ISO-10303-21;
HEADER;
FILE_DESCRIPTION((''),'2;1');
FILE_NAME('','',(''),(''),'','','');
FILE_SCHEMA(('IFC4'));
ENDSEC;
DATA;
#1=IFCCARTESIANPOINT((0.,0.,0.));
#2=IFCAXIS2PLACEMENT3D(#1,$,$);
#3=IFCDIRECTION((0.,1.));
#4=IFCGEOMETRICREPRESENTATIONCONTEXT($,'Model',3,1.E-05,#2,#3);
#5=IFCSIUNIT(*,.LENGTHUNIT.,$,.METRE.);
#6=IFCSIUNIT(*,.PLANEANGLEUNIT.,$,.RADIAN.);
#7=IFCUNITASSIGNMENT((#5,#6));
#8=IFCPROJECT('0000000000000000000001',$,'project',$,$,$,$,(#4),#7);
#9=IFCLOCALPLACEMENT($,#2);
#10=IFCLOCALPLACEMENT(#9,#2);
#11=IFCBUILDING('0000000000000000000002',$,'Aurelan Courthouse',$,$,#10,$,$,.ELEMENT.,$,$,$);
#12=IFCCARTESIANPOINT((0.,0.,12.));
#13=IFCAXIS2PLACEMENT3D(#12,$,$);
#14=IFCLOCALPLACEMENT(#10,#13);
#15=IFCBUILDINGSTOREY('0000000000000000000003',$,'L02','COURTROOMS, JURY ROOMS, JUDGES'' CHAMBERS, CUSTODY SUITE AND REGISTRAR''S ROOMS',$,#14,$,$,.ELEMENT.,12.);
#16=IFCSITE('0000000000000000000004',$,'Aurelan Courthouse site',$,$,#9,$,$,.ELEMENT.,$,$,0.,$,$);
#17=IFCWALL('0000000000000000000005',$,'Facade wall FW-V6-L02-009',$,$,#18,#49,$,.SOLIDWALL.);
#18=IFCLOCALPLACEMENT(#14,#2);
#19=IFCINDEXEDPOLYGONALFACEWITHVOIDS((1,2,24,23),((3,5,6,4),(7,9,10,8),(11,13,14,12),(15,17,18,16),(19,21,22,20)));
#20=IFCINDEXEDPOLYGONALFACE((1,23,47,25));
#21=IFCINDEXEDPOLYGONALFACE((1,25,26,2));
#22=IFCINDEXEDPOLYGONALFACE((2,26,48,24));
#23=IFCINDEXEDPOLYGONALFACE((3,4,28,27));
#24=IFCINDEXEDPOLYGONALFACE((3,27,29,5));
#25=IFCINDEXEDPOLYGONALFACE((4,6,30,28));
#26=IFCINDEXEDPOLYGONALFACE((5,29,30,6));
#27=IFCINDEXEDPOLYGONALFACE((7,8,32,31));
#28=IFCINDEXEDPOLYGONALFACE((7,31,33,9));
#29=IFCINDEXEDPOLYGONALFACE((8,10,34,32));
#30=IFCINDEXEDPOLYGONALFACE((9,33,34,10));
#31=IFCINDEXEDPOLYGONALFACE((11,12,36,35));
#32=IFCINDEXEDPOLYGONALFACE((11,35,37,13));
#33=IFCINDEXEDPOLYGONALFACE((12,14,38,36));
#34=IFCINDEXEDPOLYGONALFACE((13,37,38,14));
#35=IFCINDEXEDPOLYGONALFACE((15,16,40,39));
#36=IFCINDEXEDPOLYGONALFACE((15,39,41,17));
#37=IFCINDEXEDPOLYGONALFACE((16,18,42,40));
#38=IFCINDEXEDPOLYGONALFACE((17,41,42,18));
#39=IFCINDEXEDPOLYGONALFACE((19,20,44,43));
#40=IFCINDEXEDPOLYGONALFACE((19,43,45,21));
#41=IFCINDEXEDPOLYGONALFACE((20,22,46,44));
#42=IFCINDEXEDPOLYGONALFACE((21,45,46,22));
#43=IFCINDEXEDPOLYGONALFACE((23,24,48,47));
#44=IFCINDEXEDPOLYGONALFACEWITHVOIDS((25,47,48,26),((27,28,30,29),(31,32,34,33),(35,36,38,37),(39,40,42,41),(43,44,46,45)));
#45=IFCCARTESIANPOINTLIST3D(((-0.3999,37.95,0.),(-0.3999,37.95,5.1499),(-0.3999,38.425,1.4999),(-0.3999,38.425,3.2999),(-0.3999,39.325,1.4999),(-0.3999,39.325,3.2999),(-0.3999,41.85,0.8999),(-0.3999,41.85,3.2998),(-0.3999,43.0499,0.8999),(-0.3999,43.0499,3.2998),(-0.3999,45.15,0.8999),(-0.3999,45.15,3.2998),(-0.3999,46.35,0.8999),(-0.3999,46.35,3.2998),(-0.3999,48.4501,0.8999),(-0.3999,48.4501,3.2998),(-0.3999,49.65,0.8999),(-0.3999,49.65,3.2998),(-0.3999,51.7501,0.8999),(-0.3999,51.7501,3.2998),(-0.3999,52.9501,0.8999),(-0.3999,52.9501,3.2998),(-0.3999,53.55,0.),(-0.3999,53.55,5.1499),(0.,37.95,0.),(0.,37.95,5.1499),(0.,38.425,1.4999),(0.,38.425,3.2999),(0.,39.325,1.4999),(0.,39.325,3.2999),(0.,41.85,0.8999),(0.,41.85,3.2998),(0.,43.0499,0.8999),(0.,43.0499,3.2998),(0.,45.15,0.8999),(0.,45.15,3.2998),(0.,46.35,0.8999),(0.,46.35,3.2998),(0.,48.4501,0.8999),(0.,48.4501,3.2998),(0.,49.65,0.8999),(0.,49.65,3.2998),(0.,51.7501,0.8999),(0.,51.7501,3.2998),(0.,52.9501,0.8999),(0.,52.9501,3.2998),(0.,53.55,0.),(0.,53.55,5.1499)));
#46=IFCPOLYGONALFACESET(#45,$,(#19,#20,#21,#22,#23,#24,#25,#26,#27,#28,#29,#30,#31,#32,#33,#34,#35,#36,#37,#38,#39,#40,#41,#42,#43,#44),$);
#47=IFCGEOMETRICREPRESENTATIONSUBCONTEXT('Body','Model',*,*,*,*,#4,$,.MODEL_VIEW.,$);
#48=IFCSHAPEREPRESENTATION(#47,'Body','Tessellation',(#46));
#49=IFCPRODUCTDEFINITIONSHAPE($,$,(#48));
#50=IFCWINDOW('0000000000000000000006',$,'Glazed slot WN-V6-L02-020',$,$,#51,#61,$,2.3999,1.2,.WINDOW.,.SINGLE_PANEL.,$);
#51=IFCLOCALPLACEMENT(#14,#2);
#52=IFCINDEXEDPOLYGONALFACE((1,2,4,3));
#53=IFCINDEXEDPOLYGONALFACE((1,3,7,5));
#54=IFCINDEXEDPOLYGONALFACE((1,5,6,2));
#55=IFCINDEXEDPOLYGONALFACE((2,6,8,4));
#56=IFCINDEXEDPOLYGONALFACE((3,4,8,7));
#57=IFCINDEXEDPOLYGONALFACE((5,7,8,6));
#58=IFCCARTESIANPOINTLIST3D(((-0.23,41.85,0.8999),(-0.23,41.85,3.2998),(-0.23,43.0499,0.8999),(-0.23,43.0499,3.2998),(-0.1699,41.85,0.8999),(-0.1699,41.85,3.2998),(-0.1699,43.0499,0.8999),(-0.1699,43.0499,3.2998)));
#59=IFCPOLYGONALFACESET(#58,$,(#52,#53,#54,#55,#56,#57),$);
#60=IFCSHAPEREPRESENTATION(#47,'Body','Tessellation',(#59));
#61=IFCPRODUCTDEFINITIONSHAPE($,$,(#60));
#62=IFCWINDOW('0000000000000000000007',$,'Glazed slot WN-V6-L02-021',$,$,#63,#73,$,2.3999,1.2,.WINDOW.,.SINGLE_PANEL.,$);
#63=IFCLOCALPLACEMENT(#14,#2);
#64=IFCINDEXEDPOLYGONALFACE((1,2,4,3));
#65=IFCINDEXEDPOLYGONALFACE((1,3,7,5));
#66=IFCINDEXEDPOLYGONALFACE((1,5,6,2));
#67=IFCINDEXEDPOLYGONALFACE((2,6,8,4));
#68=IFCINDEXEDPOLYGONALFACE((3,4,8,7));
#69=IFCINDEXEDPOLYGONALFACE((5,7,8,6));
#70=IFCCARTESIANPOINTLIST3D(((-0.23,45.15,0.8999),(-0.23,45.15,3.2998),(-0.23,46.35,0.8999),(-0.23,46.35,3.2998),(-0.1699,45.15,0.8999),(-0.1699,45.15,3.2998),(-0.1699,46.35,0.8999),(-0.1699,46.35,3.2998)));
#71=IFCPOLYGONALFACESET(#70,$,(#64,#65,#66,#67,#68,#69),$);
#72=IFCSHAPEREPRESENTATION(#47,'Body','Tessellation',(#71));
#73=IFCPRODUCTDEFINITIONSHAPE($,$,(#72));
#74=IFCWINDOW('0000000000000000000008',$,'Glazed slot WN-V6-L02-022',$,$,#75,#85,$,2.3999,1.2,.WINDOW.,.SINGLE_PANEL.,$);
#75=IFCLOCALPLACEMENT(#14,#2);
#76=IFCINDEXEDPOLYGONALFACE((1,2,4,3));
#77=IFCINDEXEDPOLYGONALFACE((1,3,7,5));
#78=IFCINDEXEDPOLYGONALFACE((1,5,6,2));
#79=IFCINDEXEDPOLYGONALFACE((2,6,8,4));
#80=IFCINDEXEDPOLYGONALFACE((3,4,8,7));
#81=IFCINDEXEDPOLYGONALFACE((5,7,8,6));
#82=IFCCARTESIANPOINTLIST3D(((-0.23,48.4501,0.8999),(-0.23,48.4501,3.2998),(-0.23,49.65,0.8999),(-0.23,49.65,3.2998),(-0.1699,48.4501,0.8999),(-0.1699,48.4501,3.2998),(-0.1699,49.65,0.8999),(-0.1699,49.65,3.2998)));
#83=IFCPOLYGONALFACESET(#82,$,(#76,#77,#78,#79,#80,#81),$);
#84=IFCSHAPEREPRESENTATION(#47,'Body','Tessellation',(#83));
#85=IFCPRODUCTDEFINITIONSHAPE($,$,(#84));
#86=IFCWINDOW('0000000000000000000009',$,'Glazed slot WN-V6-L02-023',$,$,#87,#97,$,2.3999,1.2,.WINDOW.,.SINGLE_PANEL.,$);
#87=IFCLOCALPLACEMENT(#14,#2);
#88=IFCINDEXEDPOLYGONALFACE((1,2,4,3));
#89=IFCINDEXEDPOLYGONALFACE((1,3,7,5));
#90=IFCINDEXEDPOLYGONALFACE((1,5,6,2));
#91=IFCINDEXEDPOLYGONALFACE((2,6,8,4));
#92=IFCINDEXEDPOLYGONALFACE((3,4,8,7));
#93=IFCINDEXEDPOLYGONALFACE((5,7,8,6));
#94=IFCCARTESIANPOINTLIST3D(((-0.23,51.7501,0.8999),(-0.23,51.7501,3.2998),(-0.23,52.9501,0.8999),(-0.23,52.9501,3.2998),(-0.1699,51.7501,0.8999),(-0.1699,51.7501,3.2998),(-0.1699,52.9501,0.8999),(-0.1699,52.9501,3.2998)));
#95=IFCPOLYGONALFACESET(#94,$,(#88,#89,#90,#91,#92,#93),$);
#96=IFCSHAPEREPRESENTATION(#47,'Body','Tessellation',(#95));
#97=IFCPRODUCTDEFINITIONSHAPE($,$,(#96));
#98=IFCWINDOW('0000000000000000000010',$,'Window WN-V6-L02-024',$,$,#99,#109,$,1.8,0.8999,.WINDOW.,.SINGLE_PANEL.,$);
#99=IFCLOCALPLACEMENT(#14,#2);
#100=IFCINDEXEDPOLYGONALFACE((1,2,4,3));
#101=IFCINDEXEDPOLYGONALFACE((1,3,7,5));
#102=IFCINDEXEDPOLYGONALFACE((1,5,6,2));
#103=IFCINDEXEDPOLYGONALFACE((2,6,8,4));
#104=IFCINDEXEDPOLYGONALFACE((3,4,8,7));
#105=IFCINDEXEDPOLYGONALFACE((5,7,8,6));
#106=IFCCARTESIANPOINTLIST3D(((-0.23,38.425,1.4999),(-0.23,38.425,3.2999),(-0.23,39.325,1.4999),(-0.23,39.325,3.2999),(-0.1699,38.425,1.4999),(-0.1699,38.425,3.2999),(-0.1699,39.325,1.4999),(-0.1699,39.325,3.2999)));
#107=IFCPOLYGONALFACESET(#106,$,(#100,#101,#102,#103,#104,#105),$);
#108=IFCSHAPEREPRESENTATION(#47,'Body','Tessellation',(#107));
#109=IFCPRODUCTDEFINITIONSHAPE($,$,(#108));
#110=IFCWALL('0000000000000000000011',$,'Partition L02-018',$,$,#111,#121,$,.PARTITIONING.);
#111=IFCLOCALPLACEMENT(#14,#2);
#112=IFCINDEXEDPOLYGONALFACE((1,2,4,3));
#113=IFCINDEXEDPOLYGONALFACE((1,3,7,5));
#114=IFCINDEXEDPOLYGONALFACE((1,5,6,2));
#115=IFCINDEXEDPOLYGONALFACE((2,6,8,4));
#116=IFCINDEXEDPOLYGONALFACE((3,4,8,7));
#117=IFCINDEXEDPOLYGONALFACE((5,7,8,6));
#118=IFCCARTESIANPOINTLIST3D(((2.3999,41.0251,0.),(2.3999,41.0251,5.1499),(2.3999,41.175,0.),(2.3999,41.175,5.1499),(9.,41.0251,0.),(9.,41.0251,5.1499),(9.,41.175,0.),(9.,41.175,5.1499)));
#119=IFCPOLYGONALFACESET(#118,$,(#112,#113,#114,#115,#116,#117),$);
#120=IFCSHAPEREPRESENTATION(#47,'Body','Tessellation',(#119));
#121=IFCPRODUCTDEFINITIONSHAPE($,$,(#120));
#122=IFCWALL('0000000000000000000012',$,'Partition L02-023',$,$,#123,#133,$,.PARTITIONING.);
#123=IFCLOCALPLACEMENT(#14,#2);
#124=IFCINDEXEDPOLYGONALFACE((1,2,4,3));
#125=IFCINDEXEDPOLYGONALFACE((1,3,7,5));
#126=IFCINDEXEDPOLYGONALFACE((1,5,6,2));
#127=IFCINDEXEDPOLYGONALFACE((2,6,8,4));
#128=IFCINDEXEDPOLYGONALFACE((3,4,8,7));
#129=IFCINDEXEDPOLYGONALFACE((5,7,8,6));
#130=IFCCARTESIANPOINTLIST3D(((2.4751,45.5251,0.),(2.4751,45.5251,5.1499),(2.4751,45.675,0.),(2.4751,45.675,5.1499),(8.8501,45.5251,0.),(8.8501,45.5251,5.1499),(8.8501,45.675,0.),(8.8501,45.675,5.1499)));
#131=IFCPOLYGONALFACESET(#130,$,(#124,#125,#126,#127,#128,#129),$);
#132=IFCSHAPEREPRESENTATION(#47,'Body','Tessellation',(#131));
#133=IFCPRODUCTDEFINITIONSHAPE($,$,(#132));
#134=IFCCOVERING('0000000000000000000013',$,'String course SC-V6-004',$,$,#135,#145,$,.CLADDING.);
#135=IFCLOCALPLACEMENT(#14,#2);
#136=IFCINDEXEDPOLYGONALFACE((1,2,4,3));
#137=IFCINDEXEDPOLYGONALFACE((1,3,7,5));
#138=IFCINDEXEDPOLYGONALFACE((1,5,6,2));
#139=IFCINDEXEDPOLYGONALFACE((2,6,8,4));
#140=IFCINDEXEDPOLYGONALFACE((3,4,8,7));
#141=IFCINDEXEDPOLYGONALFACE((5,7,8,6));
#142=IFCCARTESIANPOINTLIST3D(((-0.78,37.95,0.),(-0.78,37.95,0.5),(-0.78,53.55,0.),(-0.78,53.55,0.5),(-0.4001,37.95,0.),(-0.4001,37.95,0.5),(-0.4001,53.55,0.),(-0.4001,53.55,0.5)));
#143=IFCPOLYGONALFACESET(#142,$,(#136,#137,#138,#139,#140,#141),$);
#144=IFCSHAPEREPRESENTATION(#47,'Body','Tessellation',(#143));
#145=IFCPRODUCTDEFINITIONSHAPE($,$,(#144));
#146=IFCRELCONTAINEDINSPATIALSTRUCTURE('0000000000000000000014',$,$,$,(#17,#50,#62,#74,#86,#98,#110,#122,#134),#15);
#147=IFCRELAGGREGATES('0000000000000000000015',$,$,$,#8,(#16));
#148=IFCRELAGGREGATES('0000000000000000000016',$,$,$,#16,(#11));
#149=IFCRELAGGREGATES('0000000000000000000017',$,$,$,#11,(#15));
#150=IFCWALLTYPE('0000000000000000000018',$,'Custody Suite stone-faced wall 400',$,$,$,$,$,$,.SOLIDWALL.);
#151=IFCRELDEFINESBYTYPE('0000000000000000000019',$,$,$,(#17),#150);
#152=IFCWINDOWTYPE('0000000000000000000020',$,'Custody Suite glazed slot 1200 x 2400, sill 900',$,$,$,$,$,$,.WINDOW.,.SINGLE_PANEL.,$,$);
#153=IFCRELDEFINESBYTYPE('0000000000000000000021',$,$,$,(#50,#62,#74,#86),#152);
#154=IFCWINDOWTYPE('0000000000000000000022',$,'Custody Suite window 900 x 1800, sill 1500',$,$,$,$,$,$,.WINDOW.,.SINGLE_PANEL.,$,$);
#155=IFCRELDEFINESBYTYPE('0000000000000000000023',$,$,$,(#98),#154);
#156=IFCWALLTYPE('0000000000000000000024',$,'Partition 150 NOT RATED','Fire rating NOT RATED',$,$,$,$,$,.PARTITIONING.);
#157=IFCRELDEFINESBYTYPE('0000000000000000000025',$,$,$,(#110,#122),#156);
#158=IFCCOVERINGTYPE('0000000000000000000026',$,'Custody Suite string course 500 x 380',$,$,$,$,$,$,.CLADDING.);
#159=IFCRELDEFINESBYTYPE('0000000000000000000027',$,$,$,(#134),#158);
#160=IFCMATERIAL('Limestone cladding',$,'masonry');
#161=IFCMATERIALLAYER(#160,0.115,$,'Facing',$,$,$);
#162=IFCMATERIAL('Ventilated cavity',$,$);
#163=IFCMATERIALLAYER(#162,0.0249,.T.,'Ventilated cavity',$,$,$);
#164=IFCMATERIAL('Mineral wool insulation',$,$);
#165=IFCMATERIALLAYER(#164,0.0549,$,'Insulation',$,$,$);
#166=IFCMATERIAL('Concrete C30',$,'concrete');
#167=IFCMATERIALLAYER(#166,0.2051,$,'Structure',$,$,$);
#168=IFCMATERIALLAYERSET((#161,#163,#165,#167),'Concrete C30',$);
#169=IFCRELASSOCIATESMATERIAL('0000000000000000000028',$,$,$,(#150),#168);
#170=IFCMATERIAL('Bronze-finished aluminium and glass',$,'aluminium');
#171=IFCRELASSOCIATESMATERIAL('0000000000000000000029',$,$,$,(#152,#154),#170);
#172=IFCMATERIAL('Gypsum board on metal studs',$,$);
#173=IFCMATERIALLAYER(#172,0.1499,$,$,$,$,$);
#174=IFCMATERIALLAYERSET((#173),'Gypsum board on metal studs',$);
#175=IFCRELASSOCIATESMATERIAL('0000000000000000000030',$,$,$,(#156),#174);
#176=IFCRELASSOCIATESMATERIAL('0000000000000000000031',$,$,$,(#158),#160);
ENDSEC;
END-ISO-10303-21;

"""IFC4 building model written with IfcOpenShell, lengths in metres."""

from ifc_helpers import new_model, si_unit, direction, frame, frame_2d, origin, origin_2d, place, context, subcontext, project, spatial, rectangle, extrude, material, layer, layer_set, type_object, element, fill, save


model = new_model("IFC4")

# Units and contexts
model_context = context("Model", 3, precision=1e-05, world=origin(), true_north=direction((0.0, 1.0)))
body_context = subcontext(model_context, "Body", "Model", "MODEL_VIEW")
ifc_project = project(units=[si_unit("LENGTHUNIT", "METRE"), si_unit("PLANEANGLEUNIT", "RADIAN")], contexts=[model_context])

# Site, building, storey
site_placement = place(None, origin())
site = spatial("IfcSite", under=ifc_project, at=site_placement, Name="Aurelan Courthouse site", CompositionType="ELEMENT", RefElevation=0.0)
building_placement = place(site_placement, origin())
building = spatial("IfcBuilding", under=site, at=building_placement, Name="Aurelan Courthouse", CompositionType="ELEMENT")
storey_placement = place(building_placement, frame((0.0, 0.0, 12.0)))
storey = spatial("IfcBuildingStorey", under=building, at=storey_placement, Name="L02", Description="COURTROOMS, JURY ROOMS, JUDGES' CHAMBERS, CUSTODY SUITE AND REGISTRAR'S ROOMS", CompositionType="ELEMENT", Elevation=12.0)

# Shared definitions
ifc_material_1 = material(Name="Gypsum board on metal studs")

# Wall, openings, windows
ifc_material_2 = material(Name="Limestone cladding", Category="masonry")
ifc_layer_1 = layer(ifc_material_2, 0.115, Name="Facing")
ifc_material_3 = material(Name="Ventilated cavity")
ifc_layer_2 = layer(ifc_material_3, 0.0249, ventilated=True, Name="Ventilated cavity")
ifc_material_4 = material(Name="Mineral wool insulation")
ifc_layer_3 = layer(ifc_material_4, 0.0549, Name="Insulation")
ifc_material_5 = material(Name="Concrete C30", Category="concrete")
ifc_layer_4 = layer(ifc_material_5, 0.2051, Name="Structure")
ifc_layer_set_1 = layer_set([ifc_layer_1, ifc_layer_2, ifc_layer_3, ifc_layer_4], Name="Concrete C30")
wall_type_1 = type_object("IfcWallType", Name="Custody Suite stone-faced wall 400", PredefinedType="SOLIDWALL", material=ifc_layer_set_1)
wall_1_placement = place(storey_placement, frame((-0.2, 37.95, 0.0), z_axis=(0.0, 0.0, 1.0), x_axis=(0.0, 1.0, 0.0)))
wall_1 = element("IfcWall", 1, at=wall_1_placement, inside=storey, type_object=wall_type_1, Name="Facade wall FW-V6-L02-009", PredefinedType="SOLIDWALL", context=body_context, shape_type="SweptSolid", body=[
    extrude(rectangle(XDim=15.6001, YDim=0.3999, at=frame_2d((7.8, 0.0))), origin(), (0.0, 0.0, 1.0), 5.1499),
])
opening_1_placement = place(wall_1_placement, frame((3.8999, 0.0, 0.8999)))
opening_1 = element("IfcOpeningElement", 2, at=opening_1_placement, cuts=wall_1, PredefinedType="OPENING", context=body_context, shape_type="SweptSolid", body=[
    extrude(rectangle(XDim=1.2, YDim=2.3999, at=frame_2d((0.6001, 1.2))), frame((0.0, 0.21, 0.0), z_axis=(0.0, -1.0, 0.0), x_axis=(1.0, 0.0, 0.0)), (0.0, 0.0, 1.0), 0.4199),
])
opening_2_placement = place(wall_1_placement, frame((7.2, 0.0, 0.8999)))
opening_2 = element("IfcOpeningElement", 3, at=opening_2_placement, cuts=wall_1, PredefinedType="OPENING", context=body_context, shape_type="SweptSolid", body=[
    extrude(rectangle(XDim=1.2, YDim=2.3999, at=frame_2d((0.6001, 1.2))), frame((0.0, 0.21, 0.0), z_axis=(0.0, -1.0, 0.0), x_axis=(1.0, 0.0, 0.0)), (0.0, 0.0, 1.0), 0.4199),
])
opening_3_placement = place(wall_1_placement, frame((10.5, 0.0, 0.8999)))
opening_3 = element("IfcOpeningElement", 4, at=opening_3_placement, cuts=wall_1, PredefinedType="OPENING", context=body_context, shape_type="SweptSolid", body=[
    extrude(rectangle(XDim=1.2, YDim=2.3999, at=frame_2d((0.6001, 1.2))), frame((0.0, 0.21, 0.0), z_axis=(0.0, -1.0, 0.0), x_axis=(1.0, 0.0, 0.0)), (0.0, 0.0, 1.0), 0.4199),
])
opening_4_placement = place(wall_1_placement, frame((13.8, 0.0, 0.8999)))
opening_4 = element("IfcOpeningElement", 5, at=opening_4_placement, cuts=wall_1, PredefinedType="OPENING", context=body_context, shape_type="SweptSolid", body=[
    extrude(rectangle(XDim=1.2, YDim=2.3999, at=frame_2d((0.6001, 1.2))), frame((0.0, 0.21, 0.0), z_axis=(0.0, -1.0, 0.0), x_axis=(1.0, 0.0, 0.0)), (0.0, 0.0, 1.0), 0.4199),
])
opening_5_placement = place(wall_1_placement, frame((0.4751, 0.0, 1.5)))
opening_5 = element("IfcOpeningElement", 6, at=opening_5_placement, cuts=wall_1, PredefinedType="OPENING", context=body_context, shape_type="SweptSolid", body=[
    extrude(rectangle(XDim=0.8999, YDim=1.8, at=frame_2d((0.45, 0.8999))), frame((0.0, 0.21, 0.0), z_axis=(0.0, -1.0, 0.0), x_axis=(1.0, 0.0, 0.0)), (0.0, 0.0, 1.0), 0.4199),
])
ifc_material_6 = material(Name="Bronze-finished aluminium and glass", Category="aluminium")
window_type_1 = type_object("IfcWindowType", Name="Custody Suite glazed slot 1200 x 2400, sill 900", PartitioningType="SINGLE_PANEL", PredefinedType="WINDOW", material=ifc_material_6)
window_1_placement = place(opening_1_placement, origin())
window_1 = element("IfcWindow", 7, at=window_1_placement, inside=storey, type_object=window_type_1, Name="Glazed slot WN-V6-L02-020", OverallHeight=2.3999, OverallWidth=1.2, PartitioningType="SINGLE_PANEL", PredefinedType="WINDOW", context=body_context, shape_type="SweptSolid", body=[
    extrude(rectangle(XDim=1.2, YDim=2.3999, at=frame_2d((0.6001, 1.2))), frame((0.0, 0.03, 0.0), z_axis=(0.0, -1.0, 0.0), x_axis=(1.0, 0.0, 0.0)), (0.0, 0.0, 1.0), 0.0601),
])
fill(opening_1, window_1)
window_2_placement = place(opening_2_placement, origin())
window_2 = element("IfcWindow", 8, at=window_2_placement, inside=storey, type_object=window_type_1, Name="Glazed slot WN-V6-L02-021", OverallHeight=2.3999, OverallWidth=1.2, PartitioningType="SINGLE_PANEL", PredefinedType="WINDOW", context=body_context, shape_type="SweptSolid", body=[
    extrude(rectangle(XDim=1.2, YDim=2.3999, at=frame_2d((0.6001, 1.2))), frame((0.0, 0.03, 0.0), z_axis=(0.0, -1.0, 0.0), x_axis=(1.0, 0.0, 0.0)), (0.0, 0.0, 1.0), 0.0601),
])
fill(opening_2, window_2)
window_3_placement = place(opening_3_placement, origin())
window_3 = element("IfcWindow", 9, at=window_3_placement, inside=storey, type_object=window_type_1, Name="Glazed slot WN-V6-L02-022", OverallHeight=2.3999, OverallWidth=1.2, PartitioningType="SINGLE_PANEL", PredefinedType="WINDOW", context=body_context, shape_type="SweptSolid", body=[
    extrude(rectangle(XDim=1.2, YDim=2.3999, at=frame_2d((0.6001, 1.2))), frame((0.0, 0.03, 0.0), z_axis=(0.0, -1.0, 0.0), x_axis=(1.0, 0.0, 0.0)), (0.0, 0.0, 1.0), 0.0601),
])
fill(opening_3, window_3)
window_4_placement = place(opening_4_placement, origin())
window_4 = element("IfcWindow", 10, at=window_4_placement, inside=storey, type_object=window_type_1, Name="Glazed slot WN-V6-L02-023", OverallHeight=2.3999, OverallWidth=1.2, PartitioningType="SINGLE_PANEL", PredefinedType="WINDOW", context=body_context, shape_type="SweptSolid", body=[
    extrude(rectangle(XDim=1.2, YDim=2.3999, at=frame_2d((0.6001, 1.2))), frame((0.0, 0.03, 0.0), z_axis=(0.0, -1.0, 0.0), x_axis=(1.0, 0.0, 0.0)), (0.0, 0.0, 1.0), 0.0601),
])
fill(opening_4, window_4)
window_type_2 = type_object("IfcWindowType", Name="Custody Suite window 900 x 1800, sill 1500", PartitioningType="SINGLE_PANEL", PredefinedType="WINDOW", material=ifc_material_6)
window_5_placement = place(opening_5_placement, origin())
window_5 = element("IfcWindow", 11, at=window_5_placement, inside=storey, type_object=window_type_2, Name="Window WN-V6-L02-024", OverallHeight=1.8, OverallWidth=0.8999, PartitioningType="SINGLE_PANEL", PredefinedType="WINDOW", context=body_context, shape_type="SweptSolid", body=[
    extrude(rectangle(XDim=0.8999, YDim=1.8, at=frame_2d((0.45, 0.8999))), frame((0.0, 0.03, 0.0), z_axis=(0.0, -1.0, 0.0), x_axis=(1.0, 0.0, 0.0)), (0.0, 0.0, 1.0), 0.0601),
])
fill(opening_5, window_5)

# Walls
ifc_layer_5 = layer(ifc_material_1, 0.1499)
ifc_layer_set_2 = layer_set([ifc_layer_5], Name="Gypsum board on metal studs")
wall_type_2 = type_object("IfcWallType", Name="Partition 150 NOT RATED", Description="Fire rating NOT RATED", PredefinedType="PARTITIONING", material=ifc_layer_set_2)
wall_2_placement = place(storey_placement, frame((2.3999, 41.1001, 0.0), z_axis=(0.0, 0.0, 1.0), x_axis=(1.0, 0.0, 0.0)))
element("IfcWall", 12, at=wall_2_placement, inside=storey, type_object=wall_type_2, Name="Partition L02-018", PredefinedType="PARTITIONING", context=body_context, shape_type="SweptSolid", body=[
    extrude(rectangle(XDim=6.6001, YDim=0.1499, at=frame_2d((3.3, 0.0))), origin(), (0.0, 0.0, 1.0), 5.1499),
])
wall_3_placement = place(storey_placement, frame((2.4751, 45.6001, 0.0), z_axis=(0.0, 0.0, 1.0), x_axis=(1.0, 0.0, 0.0)))
element("IfcWall", 13, at=wall_3_placement, inside=storey, type_object=wall_type_2, Name="Partition L02-023", PredefinedType="PARTITIONING", context=body_context, shape_type="SweptSolid", body=[
    extrude(rectangle(XDim=6.375, YDim=0.1499, at=frame_2d((3.1875, 0.0))), origin(), (0.0, 0.0, 1.0), 5.1499),
])

# Covering
covering_type = type_object("IfcCoveringType", Name="Custody Suite string course 500 x 380", PredefinedType="CLADDING", material=ifc_material_2)
covering_placement = place(storey_placement, frame((-0.5901, 45.75, 0.0), z_axis=(0.0, 0.0, 1.0), x_axis=(1.0, 0.0, 0.0)))
element("IfcCovering", 14, at=covering_placement, inside=storey, type_object=covering_type, Name="String course SC-V6-004", PredefinedType="CLADDING", context=body_context, shape_type="SweptSolid", body=[
    extrude(rectangle(XDim=0.3799, YDim=15.6001, at=origin_2d()), origin(), (0.0, 0.0, 1.0), 0.5),
])

save(model, "model.ifc")
